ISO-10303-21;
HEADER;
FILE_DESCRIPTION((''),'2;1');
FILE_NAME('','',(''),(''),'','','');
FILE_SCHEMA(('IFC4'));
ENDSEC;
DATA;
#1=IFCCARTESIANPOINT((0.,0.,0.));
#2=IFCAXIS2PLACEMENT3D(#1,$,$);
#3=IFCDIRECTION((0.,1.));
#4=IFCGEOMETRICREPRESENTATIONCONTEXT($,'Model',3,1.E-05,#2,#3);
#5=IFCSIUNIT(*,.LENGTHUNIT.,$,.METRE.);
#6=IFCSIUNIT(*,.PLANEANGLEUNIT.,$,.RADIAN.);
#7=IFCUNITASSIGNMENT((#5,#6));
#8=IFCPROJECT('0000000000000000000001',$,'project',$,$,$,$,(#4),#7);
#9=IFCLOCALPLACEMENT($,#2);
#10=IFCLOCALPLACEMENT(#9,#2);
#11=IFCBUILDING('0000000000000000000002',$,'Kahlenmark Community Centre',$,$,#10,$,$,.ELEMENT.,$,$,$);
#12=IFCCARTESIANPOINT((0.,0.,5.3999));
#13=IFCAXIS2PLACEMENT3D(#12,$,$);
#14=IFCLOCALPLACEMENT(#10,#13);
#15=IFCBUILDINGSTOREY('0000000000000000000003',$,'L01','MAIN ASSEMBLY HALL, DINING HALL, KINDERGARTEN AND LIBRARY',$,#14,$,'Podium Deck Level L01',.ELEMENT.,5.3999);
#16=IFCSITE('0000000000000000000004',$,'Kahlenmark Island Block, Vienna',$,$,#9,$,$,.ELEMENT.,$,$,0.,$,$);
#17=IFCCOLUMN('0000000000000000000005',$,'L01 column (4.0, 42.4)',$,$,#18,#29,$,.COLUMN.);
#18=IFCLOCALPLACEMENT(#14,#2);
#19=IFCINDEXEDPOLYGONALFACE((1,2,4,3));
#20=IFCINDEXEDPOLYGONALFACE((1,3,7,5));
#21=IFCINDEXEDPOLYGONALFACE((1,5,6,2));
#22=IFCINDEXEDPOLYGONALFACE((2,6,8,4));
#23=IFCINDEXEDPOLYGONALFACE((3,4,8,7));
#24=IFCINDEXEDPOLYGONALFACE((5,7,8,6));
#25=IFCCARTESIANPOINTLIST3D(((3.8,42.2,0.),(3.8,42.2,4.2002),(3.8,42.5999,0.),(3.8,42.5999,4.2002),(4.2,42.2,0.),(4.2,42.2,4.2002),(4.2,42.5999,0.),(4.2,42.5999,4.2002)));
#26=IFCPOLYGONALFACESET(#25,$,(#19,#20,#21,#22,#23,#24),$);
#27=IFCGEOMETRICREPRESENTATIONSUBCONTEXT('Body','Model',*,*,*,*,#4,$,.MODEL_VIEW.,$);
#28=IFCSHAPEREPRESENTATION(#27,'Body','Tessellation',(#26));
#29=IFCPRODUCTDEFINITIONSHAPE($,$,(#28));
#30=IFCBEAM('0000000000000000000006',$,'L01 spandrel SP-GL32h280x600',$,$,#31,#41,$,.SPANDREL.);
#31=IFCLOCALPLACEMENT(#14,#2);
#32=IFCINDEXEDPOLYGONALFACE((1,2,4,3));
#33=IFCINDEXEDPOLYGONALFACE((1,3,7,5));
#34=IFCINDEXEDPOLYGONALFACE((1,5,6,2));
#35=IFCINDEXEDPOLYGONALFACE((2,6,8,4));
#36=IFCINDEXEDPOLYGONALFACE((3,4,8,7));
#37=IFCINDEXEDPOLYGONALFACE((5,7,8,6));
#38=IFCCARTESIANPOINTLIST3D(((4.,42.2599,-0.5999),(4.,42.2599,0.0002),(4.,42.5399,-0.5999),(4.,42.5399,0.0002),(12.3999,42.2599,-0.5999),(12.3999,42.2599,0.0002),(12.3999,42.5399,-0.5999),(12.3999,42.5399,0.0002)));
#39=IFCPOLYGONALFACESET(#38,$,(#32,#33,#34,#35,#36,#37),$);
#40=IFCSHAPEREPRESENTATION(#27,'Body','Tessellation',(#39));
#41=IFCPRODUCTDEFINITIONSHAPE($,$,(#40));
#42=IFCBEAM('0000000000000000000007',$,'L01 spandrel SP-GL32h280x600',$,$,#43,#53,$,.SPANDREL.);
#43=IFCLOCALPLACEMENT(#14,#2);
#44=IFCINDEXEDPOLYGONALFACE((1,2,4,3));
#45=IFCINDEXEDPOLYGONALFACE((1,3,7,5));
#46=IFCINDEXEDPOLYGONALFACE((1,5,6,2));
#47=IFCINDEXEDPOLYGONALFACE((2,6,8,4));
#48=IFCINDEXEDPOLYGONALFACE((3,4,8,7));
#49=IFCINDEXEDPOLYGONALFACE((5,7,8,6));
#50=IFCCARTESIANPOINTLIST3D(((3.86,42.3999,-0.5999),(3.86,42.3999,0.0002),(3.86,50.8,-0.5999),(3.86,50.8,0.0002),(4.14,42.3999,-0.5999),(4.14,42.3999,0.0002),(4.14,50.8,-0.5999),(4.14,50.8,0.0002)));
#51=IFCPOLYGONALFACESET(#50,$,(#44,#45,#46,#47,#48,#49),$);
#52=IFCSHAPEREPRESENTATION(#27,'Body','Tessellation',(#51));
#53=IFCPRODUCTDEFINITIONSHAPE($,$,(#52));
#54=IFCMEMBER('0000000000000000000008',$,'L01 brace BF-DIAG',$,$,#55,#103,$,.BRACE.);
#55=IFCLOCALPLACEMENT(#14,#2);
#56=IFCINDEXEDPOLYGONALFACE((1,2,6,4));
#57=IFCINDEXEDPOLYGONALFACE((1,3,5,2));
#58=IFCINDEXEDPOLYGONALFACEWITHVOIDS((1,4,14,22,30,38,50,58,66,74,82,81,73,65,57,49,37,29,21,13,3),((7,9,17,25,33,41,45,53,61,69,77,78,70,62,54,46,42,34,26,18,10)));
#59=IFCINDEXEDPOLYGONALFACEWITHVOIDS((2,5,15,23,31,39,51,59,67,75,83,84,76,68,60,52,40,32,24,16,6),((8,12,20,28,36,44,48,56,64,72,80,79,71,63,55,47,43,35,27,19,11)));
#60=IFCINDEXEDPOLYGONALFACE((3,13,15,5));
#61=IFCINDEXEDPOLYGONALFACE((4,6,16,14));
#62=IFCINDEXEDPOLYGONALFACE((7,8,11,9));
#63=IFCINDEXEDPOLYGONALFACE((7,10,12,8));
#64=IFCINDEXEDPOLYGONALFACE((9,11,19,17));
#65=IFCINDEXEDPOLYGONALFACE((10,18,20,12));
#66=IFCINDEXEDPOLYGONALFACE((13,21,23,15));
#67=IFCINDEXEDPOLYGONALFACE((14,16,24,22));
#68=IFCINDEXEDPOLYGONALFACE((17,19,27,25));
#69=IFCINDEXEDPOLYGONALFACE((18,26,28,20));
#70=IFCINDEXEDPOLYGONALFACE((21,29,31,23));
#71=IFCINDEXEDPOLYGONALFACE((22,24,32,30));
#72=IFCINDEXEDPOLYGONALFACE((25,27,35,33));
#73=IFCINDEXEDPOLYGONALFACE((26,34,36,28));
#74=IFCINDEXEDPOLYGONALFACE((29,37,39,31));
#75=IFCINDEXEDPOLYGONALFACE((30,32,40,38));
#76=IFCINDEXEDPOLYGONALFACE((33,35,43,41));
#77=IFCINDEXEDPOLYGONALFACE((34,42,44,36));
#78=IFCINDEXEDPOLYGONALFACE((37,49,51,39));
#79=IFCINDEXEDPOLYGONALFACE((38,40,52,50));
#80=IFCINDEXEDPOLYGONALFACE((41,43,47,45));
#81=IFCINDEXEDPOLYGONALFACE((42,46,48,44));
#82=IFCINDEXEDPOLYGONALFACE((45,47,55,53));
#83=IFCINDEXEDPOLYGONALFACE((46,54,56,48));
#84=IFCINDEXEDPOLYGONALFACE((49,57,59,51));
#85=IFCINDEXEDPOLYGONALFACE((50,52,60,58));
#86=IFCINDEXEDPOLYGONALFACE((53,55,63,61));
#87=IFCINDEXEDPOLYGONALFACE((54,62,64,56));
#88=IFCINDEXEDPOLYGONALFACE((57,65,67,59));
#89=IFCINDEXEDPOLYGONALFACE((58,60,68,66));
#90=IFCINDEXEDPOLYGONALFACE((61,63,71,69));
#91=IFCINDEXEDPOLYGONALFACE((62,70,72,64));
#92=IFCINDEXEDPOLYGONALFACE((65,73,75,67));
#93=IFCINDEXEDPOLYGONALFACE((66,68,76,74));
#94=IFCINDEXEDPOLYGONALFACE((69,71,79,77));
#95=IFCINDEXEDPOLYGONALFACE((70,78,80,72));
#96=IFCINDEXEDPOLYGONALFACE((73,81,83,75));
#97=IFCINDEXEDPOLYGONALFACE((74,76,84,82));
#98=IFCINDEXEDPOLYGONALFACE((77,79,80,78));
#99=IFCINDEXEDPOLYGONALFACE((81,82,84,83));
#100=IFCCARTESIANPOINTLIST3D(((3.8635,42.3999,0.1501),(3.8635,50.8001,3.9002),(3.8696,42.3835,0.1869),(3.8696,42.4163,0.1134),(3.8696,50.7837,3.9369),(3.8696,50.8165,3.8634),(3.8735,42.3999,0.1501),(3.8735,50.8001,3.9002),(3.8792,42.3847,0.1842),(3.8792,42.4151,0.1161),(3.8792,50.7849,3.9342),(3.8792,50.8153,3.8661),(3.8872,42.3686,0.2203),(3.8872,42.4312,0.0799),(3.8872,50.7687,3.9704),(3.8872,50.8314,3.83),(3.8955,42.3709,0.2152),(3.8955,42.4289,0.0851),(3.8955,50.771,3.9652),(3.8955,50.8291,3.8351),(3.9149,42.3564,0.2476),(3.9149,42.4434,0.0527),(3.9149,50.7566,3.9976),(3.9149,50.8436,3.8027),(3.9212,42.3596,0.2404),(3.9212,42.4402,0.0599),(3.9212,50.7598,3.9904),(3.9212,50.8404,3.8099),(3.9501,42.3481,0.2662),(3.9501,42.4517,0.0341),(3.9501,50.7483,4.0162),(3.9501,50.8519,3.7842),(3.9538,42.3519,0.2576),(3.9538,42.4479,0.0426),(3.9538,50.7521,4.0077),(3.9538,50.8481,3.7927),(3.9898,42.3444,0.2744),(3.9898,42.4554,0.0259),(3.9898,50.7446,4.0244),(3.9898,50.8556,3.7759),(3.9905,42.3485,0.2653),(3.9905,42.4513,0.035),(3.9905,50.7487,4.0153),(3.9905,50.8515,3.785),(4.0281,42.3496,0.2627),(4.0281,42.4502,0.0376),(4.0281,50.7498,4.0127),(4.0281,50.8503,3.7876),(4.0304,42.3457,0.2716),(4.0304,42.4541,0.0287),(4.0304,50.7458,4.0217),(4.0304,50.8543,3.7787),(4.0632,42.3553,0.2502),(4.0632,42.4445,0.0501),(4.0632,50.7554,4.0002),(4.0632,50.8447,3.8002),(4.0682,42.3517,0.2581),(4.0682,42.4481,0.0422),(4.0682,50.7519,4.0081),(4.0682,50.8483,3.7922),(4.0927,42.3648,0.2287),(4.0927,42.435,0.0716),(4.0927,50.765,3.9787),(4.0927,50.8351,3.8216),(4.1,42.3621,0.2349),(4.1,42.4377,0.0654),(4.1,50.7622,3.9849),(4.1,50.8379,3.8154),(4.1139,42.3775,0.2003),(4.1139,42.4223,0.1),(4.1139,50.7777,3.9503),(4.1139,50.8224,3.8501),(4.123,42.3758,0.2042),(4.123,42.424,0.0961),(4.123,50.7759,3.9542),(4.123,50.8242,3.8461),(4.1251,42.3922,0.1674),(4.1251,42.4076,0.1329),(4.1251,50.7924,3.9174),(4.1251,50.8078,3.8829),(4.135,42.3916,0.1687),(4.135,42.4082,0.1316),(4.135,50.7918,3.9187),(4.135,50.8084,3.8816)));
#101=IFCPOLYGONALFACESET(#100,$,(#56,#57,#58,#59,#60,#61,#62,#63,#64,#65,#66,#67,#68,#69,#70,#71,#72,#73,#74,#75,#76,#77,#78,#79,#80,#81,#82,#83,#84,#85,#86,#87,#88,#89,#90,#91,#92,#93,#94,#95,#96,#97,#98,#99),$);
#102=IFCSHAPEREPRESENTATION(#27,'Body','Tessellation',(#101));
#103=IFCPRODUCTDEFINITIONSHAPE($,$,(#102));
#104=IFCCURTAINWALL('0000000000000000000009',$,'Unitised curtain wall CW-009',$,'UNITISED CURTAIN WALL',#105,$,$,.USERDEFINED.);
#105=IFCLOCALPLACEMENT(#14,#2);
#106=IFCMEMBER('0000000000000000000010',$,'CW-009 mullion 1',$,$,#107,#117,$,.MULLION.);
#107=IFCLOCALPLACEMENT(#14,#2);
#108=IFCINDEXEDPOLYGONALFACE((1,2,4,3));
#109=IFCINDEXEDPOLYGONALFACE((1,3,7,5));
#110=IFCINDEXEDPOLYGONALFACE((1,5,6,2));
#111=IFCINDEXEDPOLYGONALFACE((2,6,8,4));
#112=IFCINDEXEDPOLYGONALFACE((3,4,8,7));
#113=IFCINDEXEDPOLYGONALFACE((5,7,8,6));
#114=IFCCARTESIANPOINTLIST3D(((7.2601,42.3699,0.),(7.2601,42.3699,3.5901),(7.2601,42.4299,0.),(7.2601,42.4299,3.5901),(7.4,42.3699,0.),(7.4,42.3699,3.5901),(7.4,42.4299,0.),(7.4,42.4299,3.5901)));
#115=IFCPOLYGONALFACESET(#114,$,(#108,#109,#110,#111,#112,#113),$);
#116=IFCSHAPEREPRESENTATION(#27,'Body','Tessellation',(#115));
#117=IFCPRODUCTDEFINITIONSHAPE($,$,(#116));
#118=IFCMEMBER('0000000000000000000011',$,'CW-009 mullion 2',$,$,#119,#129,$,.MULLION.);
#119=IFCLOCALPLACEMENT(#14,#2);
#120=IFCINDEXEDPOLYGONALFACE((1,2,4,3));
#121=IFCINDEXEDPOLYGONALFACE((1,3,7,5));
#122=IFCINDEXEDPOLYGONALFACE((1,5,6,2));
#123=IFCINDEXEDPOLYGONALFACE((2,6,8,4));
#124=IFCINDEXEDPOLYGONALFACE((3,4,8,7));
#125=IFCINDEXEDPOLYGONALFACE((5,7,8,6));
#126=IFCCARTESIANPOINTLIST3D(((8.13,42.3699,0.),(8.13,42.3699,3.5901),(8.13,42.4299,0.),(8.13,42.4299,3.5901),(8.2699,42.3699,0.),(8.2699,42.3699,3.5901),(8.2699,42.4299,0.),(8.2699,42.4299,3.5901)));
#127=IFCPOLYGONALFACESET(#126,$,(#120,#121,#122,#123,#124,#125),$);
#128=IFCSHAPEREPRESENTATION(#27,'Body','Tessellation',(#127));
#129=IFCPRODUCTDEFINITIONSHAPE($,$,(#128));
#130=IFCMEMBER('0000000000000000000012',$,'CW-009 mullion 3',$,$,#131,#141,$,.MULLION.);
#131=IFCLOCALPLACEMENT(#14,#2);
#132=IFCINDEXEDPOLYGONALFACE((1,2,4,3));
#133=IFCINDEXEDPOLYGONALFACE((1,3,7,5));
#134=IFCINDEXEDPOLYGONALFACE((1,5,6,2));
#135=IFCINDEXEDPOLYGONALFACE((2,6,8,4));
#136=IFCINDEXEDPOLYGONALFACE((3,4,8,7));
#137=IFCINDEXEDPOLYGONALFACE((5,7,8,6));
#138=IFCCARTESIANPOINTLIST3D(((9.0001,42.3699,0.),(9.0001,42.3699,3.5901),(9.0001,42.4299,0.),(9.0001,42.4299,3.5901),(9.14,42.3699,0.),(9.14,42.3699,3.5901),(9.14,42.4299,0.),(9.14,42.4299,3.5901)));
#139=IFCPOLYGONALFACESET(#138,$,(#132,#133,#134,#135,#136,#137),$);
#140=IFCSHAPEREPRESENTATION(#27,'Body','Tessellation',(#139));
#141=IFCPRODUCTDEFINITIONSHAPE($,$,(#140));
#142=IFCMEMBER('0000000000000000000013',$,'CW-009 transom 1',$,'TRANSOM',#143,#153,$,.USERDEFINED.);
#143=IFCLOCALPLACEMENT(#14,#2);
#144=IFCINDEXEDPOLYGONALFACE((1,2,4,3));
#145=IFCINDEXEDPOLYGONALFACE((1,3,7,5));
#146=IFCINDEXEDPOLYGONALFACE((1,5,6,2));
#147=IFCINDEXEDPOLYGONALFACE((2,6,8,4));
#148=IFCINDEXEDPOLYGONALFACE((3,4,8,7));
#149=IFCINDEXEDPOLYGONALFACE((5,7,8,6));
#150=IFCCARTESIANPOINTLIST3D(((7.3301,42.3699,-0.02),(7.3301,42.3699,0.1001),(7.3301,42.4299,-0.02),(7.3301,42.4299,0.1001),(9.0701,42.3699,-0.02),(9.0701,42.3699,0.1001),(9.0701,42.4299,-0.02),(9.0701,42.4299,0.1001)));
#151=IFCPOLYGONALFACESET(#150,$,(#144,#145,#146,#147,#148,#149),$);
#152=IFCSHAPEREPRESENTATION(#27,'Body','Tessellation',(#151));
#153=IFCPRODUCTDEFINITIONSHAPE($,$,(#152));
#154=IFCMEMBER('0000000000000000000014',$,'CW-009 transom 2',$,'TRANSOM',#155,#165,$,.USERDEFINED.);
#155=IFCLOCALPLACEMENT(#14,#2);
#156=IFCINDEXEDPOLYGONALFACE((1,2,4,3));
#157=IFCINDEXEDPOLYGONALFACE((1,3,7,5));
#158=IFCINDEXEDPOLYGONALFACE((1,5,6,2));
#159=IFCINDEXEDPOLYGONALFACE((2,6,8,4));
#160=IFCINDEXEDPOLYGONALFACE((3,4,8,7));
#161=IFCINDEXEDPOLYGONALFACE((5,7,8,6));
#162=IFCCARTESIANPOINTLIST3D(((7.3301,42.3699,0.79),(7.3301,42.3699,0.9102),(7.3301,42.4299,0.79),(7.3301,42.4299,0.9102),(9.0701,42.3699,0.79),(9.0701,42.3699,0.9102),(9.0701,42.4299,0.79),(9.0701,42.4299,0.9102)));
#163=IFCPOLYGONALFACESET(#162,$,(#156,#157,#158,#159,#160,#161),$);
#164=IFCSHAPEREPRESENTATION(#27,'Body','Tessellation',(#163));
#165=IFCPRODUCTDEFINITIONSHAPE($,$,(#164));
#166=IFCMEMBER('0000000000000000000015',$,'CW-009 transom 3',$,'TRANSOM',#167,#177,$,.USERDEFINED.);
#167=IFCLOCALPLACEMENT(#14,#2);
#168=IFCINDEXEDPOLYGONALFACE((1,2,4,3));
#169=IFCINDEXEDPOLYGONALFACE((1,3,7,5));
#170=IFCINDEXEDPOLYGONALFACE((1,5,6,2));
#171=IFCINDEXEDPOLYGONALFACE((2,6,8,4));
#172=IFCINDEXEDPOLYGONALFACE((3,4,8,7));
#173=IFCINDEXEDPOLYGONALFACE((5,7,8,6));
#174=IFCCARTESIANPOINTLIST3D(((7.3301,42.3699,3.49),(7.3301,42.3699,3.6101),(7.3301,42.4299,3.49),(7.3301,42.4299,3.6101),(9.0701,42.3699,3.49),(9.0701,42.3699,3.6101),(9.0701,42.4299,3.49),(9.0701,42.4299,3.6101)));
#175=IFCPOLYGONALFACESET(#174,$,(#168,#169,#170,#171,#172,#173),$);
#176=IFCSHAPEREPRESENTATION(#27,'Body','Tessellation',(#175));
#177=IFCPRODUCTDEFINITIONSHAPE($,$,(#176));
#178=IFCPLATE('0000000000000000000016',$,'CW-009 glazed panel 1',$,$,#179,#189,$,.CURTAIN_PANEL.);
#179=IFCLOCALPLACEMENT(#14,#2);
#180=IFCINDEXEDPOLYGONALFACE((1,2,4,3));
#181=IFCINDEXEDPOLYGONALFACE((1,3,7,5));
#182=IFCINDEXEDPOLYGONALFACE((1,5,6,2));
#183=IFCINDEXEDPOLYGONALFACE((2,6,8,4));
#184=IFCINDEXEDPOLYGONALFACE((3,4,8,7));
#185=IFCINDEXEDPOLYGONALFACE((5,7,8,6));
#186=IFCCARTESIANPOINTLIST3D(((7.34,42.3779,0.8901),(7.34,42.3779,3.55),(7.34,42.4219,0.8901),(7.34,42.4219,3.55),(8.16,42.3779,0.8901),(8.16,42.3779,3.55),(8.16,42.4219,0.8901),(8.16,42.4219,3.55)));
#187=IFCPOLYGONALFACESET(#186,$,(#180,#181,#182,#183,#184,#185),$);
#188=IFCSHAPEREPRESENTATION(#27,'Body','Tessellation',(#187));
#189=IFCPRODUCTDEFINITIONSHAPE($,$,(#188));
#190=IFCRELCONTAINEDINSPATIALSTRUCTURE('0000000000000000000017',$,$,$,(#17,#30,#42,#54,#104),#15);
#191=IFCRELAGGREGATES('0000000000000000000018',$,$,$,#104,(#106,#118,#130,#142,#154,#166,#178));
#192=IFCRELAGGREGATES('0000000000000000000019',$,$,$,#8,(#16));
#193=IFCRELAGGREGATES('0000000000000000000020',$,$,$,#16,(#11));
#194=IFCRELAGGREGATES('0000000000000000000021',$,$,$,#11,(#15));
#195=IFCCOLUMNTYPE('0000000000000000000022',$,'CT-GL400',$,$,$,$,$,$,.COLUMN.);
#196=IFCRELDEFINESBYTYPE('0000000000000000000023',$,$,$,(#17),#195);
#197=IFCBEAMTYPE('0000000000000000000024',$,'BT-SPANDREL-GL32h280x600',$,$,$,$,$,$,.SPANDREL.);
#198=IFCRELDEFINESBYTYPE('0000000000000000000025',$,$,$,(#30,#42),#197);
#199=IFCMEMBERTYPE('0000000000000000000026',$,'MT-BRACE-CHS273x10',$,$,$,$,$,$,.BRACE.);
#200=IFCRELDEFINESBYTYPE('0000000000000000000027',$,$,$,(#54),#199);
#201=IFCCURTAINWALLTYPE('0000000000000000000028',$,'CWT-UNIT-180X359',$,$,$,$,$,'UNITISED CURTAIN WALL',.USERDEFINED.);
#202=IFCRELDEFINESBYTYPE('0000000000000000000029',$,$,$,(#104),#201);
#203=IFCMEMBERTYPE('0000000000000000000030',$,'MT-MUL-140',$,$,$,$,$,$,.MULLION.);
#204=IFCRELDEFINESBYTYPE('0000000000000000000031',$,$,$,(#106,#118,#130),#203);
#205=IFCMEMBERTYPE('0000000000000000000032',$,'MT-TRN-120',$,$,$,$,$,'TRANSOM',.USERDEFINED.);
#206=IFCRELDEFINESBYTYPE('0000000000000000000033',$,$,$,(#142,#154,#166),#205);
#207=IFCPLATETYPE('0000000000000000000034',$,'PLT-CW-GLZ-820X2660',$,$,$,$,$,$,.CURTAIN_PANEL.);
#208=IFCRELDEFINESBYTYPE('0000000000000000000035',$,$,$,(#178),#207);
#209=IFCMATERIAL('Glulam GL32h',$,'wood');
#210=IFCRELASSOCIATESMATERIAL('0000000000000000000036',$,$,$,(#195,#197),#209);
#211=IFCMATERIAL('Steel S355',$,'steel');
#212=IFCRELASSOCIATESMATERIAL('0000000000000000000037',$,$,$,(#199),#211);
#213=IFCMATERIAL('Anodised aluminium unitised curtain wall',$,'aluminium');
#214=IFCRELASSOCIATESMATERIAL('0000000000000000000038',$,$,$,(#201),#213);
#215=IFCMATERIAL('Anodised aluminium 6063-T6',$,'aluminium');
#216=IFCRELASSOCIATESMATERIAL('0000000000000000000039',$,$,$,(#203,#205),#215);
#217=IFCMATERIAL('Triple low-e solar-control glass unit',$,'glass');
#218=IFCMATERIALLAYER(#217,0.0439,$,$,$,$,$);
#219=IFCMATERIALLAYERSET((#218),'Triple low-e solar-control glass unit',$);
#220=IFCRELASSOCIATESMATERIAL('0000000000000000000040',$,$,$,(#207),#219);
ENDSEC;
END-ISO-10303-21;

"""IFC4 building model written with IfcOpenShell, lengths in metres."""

from ifc_helpers import new_model, si_unit, direction, frame, origin, origin_2d, place, context, subcontext, project, spatial, rectangle, hollow_circle, extrude, material, layer, layer_set, material_profile, profile_set, type_object, element, aggregate, save


model = new_model("IFC4")

# Units and contexts
model_context = context("Model", 3, precision=1e-05, world=origin(), true_north=direction((0.0, 1.0)))
body_context = subcontext(model_context, "Body", "Model", "MODEL_VIEW")
ifc_project = project(units=[si_unit("LENGTHUNIT", "METRE"), si_unit("PLANEANGLEUNIT", "RADIAN")], contexts=[model_context])

# Site, building, storey
site_placement = place(None, origin())
site = spatial("IfcSite", under=ifc_project, at=site_placement, Name="Kahlenmark Island Block, Vienna", CompositionType="ELEMENT", RefElevation=0.0)
building_placement = place(site_placement, origin())
building = spatial("IfcBuilding", under=site, at=building_placement, Name="Kahlenmark Community Centre", CompositionType="ELEMENT")
storey_placement = place(building_placement, frame((0.0, 0.0, 5.3999)))
storey = spatial("IfcBuildingStorey", under=building, at=storey_placement, Name="L01", Description="MAIN ASSEMBLY HALL, DINING HALL, KINDERGARTEN AND LIBRARY", LongName="Podium Deck Level L01", CompositionType="ELEMENT", Elevation=5.3999)

# Column
ifc_material_1 = material(Name="Glulam GL32h", Category="wood")
ifc_material_profile_1 = material_profile(ifc_material_1, rectangle(XDim=0.3999, YDim=0.3999, at=origin_2d()), Name="GL32h 400x400")
ifc_profile_set_1 = profile_set([ifc_material_profile_1], Name="Glulam GL32h")
column_type = type_object("IfcColumnType", Name="CT-GL400", PredefinedType="COLUMN", material=ifc_profile_set_1)
column_placement = place(storey_placement, frame((4.0, 42.3999, 0.0), z_axis=(0.0, 0.0, 1.0), x_axis=(1.0, 0.0, 0.0)))
element("IfcColumn", 1, at=column_placement, inside=storey, type_object=column_type, Name="L01 column (4.0, 42.4)", PredefinedType="COLUMN", context=body_context, shape_type="SweptSolid", body=[
    extrude(rectangle(XDim=0.3999, YDim=0.3999, at=origin_2d()), origin(), (0.0, 0.0, 1.0), 4.2002),
])

# Beams
ifc_material_profile_2 = material_profile(ifc_material_1, rectangle(XDim=0.28, YDim=0.6001, at=origin_2d()), Name="GL32h 280x600")
ifc_profile_set_2 = profile_set([ifc_material_profile_2], Name="Glulam GL32h")
beam_type = type_object("IfcBeamType", Name="BT-SPANDREL-GL32h280x600", PredefinedType="SPANDREL", material=ifc_profile_set_2)
beam_1_placement = place(storey_placement, frame((4.0, 42.3999, -0.2998), z_axis=(1.0, 0.0, 0.0), x_axis=(0.0, 1.0, 0.0)))
element("IfcBeam", 2, at=beam_1_placement, inside=storey, type_object=beam_type, Name="L01 spandrel SP-GL32h280x600", PredefinedType="SPANDREL", context=body_context, shape_type="SweptSolid", body=[
    extrude(rectangle(XDim=0.28, YDim=0.6001, at=origin_2d()), origin(), (0.0, 0.0, 1.0), 8.3999),
])
beam_2_placement = place(storey_placement, frame((4.0, 42.3999, -0.2998), z_axis=(0.0, 1.0, 0.0), x_axis=(-1.0, 0.0, 0.0)))
element("IfcBeam", 3, at=beam_2_placement, inside=storey, type_object=beam_type, Name="L01 spandrel SP-GL32h280x600", PredefinedType="SPANDREL", context=body_context, shape_type="SweptSolid", body=[
    extrude(rectangle(XDim=0.28, YDim=0.6001, at=origin_2d()), origin(), (0.0, 0.0, 1.0), 8.4001),
])

# Member
ifc_material_2 = material(Name="Steel S355", Category="steel")
ifc_material_profile_3 = material_profile(ifc_material_2, hollow_circle(Radius=0.1365, WallThickness=0.01, at=origin_2d()), Name="CHS 273x10")
ifc_profile_set_3 = profile_set([ifc_material_profile_3], Name="Steel S355")
member_type_1 = type_object("IfcMemberType", Name="MT-BRACE-CHS273x10", PredefinedType="BRACE", material=ifc_profile_set_3)
member_1_placement = place(storey_placement, frame((4.0, 42.3999, 0.1501), z_axis=(0.0, 0.913141, 0.407645), x_axis=(-1.0, 0.0, 0.0)))
element("IfcMember", 4, at=member_1_placement, inside=storey, type_object=member_type_1, Name="L01 brace BF-DIAG", PredefinedType="BRACE", context=body_context, shape_type="SweptSolid", body=[
    extrude(hollow_circle(Radius=0.1365, WallThickness=0.01, at=origin_2d()), origin(), (0.0, 0.0, 1.0), 9.1992),
])

# Curtain wall, members, plate
ifc_material_3 = material(Name="Anodised aluminium unitised curtain wall", Category="aluminium")
curtain_wall_type = type_object("IfcCurtainWallType", Name="CWT-UNIT-180X359", ElementType="UNITISED CURTAIN WALL", PredefinedType="USERDEFINED", material=ifc_material_3)
curtain_wall_placement = place(storey_placement, origin())
curtain_wall = element("IfcCurtainWall", 5, at=curtain_wall_placement, inside=storey, type_object=curtain_wall_type, Name="Unitised curtain wall CW-009", ObjectType="UNITISED CURTAIN WALL", PredefinedType="USERDEFINED")
ifc_material_4 = material(Name="Anodised aluminium 6063-T6", Category="aluminium")
ifc_material_profile_4 = material_profile(ifc_material_4, rectangle(XDim=0.0601, YDim=0.1399, at=origin_2d()), Name="ALU MULLION 60x140")
ifc_profile_set_4 = profile_set([ifc_material_profile_4], Name="Anodised aluminium 6063-T6")
member_type_2 = type_object("IfcMemberType", Name="MT-MUL-140", PredefinedType="MULLION", material=ifc_profile_set_4)
member_2_placement = place(storey_placement, frame((7.3301, 42.3999, 0.0), z_axis=(0.0, 0.0, 1.0), x_axis=(0.0, 1.0, 0.0)))
member_2 = element("IfcMember", 6, at=member_2_placement, type_object=member_type_2, Name="CW-009 mullion 1", PredefinedType="MULLION", context=body_context, shape_type="SweptSolid", body=[
    extrude(rectangle(XDim=0.0601, YDim=0.1399, at=origin_2d()), origin(), (0.0, 0.0, 1.0), 3.5901),
])
member_3_placement = place(storey_placement, frame((8.2, 42.3999, 0.0), z_axis=(0.0, 0.0, 1.0), x_axis=(0.0, 1.0, 0.0)))
member_3 = element("IfcMember", 7, at=member_3_placement, type_object=member_type_2, Name="CW-009 mullion 2", PredefinedType="MULLION", context=body_context, shape_type="SweptSolid", body=[
    extrude(rectangle(XDim=0.0601, YDim=0.1399, at=origin_2d()), origin(), (0.0, 0.0, 1.0), 3.5901),
])
member_4_placement = place(storey_placement, frame((9.0701, 42.3999, 0.0), z_axis=(0.0, 0.0, 1.0), x_axis=(0.0, 1.0, 0.0)))
member_4 = element("IfcMember", 8, at=member_4_placement, type_object=member_type_2, Name="CW-009 mullion 3", PredefinedType="MULLION", context=body_context, shape_type="SweptSolid", body=[
    extrude(rectangle(XDim=0.0601, YDim=0.1399, at=origin_2d()), origin(), (0.0, 0.0, 1.0), 3.5901),
])
ifc_material_profile_5 = material_profile(ifc_material_4, rectangle(XDim=0.0601, YDim=0.1201, at=origin_2d()), Name="ALU TRANSOM 60x120")
ifc_profile_set_5 = profile_set([ifc_material_profile_5], Name="Anodised aluminium 6063-T6")
member_type_3 = type_object("IfcMemberType", Name="MT-TRN-120", ElementType="TRANSOM", PredefinedType="USERDEFINED", material=ifc_profile_set_5)
member_5_placement = place(storey_placement, frame((7.3301, 42.3999, 0.04), z_axis=(1.0, 0.0, 0.0), x_axis=(0.0, 1.0, 0.0)))
member_5 = element("IfcMember", 9, at=member_5_placement, type_object=member_type_3, Name="CW-009 transom 1", ObjectType="TRANSOM", PredefinedType="USERDEFINED", context=body_context, shape_type="SweptSolid", body=[
    extrude(rectangle(XDim=0.0601, YDim=0.1201, at=origin_2d()), origin(), (0.0, 0.0, 1.0), 1.74),
])
member_6_placement = place(storey_placement, frame((7.3301, 42.3999, 0.8501), z_axis=(1.0, 0.0, 0.0), x_axis=(0.0, 1.0, 0.0)))
member_6 = element("IfcMember", 10, at=member_6_placement, type_object=member_type_3, Name="CW-009 transom 2", ObjectType="TRANSOM", PredefinedType="USERDEFINED", context=body_context, shape_type="SweptSolid", body=[
    extrude(rectangle(XDim=0.0601, YDim=0.1201, at=origin_2d()), origin(), (0.0, 0.0, 1.0), 1.74),
])
member_7_placement = place(storey_placement, frame((7.3301, 42.3999, 3.55), z_axis=(1.0, 0.0, 0.0), x_axis=(0.0, 1.0, 0.0)))
member_7 = element("IfcMember", 11, at=member_7_placement, type_object=member_type_3, Name="CW-009 transom 3", ObjectType="TRANSOM", PredefinedType="USERDEFINED", context=body_context, shape_type="SweptSolid", body=[
    extrude(rectangle(XDim=0.0601, YDim=0.1201, at=origin_2d()), origin(), (0.0, 0.0, 1.0), 1.74),
])
ifc_material_5 = material(Name="Triple low-e solar-control glass unit", Category="glass")
ifc_layer_1 = layer(ifc_material_5, 0.0439)
ifc_layer_set_1 = layer_set([ifc_layer_1], Name="Triple low-e solar-control glass unit")
plate_type_1 = type_object("IfcPlateType", Name="PLT-CW-GLZ-820X2660", PredefinedType="CURTAIN_PANEL", material=ifc_layer_set_1)
plate_1_placement = place(storey_placement, frame((7.75, 42.3999, 0.8901), z_axis=(0.0, 0.0, 1.0), x_axis=(1.0, 0.0, 0.0)))
plate_1 = element("IfcPlate", 12, at=plate_1_placement, type_object=plate_type_1, Name="CW-009 glazed panel 1", PredefinedType="CURTAIN_PANEL", context=body_context, shape_type="SweptSolid", body=[
    extrude(rectangle(XDim=0.8201, YDim=0.0439, at=origin_2d()), origin(), (0.0, 0.0, 1.0), 2.6599),
])
aggregate(curtain_wall, [member_2, member_3, member_4, member_5, member_6, member_7, plate_1])

save(model, "model.ifc")
